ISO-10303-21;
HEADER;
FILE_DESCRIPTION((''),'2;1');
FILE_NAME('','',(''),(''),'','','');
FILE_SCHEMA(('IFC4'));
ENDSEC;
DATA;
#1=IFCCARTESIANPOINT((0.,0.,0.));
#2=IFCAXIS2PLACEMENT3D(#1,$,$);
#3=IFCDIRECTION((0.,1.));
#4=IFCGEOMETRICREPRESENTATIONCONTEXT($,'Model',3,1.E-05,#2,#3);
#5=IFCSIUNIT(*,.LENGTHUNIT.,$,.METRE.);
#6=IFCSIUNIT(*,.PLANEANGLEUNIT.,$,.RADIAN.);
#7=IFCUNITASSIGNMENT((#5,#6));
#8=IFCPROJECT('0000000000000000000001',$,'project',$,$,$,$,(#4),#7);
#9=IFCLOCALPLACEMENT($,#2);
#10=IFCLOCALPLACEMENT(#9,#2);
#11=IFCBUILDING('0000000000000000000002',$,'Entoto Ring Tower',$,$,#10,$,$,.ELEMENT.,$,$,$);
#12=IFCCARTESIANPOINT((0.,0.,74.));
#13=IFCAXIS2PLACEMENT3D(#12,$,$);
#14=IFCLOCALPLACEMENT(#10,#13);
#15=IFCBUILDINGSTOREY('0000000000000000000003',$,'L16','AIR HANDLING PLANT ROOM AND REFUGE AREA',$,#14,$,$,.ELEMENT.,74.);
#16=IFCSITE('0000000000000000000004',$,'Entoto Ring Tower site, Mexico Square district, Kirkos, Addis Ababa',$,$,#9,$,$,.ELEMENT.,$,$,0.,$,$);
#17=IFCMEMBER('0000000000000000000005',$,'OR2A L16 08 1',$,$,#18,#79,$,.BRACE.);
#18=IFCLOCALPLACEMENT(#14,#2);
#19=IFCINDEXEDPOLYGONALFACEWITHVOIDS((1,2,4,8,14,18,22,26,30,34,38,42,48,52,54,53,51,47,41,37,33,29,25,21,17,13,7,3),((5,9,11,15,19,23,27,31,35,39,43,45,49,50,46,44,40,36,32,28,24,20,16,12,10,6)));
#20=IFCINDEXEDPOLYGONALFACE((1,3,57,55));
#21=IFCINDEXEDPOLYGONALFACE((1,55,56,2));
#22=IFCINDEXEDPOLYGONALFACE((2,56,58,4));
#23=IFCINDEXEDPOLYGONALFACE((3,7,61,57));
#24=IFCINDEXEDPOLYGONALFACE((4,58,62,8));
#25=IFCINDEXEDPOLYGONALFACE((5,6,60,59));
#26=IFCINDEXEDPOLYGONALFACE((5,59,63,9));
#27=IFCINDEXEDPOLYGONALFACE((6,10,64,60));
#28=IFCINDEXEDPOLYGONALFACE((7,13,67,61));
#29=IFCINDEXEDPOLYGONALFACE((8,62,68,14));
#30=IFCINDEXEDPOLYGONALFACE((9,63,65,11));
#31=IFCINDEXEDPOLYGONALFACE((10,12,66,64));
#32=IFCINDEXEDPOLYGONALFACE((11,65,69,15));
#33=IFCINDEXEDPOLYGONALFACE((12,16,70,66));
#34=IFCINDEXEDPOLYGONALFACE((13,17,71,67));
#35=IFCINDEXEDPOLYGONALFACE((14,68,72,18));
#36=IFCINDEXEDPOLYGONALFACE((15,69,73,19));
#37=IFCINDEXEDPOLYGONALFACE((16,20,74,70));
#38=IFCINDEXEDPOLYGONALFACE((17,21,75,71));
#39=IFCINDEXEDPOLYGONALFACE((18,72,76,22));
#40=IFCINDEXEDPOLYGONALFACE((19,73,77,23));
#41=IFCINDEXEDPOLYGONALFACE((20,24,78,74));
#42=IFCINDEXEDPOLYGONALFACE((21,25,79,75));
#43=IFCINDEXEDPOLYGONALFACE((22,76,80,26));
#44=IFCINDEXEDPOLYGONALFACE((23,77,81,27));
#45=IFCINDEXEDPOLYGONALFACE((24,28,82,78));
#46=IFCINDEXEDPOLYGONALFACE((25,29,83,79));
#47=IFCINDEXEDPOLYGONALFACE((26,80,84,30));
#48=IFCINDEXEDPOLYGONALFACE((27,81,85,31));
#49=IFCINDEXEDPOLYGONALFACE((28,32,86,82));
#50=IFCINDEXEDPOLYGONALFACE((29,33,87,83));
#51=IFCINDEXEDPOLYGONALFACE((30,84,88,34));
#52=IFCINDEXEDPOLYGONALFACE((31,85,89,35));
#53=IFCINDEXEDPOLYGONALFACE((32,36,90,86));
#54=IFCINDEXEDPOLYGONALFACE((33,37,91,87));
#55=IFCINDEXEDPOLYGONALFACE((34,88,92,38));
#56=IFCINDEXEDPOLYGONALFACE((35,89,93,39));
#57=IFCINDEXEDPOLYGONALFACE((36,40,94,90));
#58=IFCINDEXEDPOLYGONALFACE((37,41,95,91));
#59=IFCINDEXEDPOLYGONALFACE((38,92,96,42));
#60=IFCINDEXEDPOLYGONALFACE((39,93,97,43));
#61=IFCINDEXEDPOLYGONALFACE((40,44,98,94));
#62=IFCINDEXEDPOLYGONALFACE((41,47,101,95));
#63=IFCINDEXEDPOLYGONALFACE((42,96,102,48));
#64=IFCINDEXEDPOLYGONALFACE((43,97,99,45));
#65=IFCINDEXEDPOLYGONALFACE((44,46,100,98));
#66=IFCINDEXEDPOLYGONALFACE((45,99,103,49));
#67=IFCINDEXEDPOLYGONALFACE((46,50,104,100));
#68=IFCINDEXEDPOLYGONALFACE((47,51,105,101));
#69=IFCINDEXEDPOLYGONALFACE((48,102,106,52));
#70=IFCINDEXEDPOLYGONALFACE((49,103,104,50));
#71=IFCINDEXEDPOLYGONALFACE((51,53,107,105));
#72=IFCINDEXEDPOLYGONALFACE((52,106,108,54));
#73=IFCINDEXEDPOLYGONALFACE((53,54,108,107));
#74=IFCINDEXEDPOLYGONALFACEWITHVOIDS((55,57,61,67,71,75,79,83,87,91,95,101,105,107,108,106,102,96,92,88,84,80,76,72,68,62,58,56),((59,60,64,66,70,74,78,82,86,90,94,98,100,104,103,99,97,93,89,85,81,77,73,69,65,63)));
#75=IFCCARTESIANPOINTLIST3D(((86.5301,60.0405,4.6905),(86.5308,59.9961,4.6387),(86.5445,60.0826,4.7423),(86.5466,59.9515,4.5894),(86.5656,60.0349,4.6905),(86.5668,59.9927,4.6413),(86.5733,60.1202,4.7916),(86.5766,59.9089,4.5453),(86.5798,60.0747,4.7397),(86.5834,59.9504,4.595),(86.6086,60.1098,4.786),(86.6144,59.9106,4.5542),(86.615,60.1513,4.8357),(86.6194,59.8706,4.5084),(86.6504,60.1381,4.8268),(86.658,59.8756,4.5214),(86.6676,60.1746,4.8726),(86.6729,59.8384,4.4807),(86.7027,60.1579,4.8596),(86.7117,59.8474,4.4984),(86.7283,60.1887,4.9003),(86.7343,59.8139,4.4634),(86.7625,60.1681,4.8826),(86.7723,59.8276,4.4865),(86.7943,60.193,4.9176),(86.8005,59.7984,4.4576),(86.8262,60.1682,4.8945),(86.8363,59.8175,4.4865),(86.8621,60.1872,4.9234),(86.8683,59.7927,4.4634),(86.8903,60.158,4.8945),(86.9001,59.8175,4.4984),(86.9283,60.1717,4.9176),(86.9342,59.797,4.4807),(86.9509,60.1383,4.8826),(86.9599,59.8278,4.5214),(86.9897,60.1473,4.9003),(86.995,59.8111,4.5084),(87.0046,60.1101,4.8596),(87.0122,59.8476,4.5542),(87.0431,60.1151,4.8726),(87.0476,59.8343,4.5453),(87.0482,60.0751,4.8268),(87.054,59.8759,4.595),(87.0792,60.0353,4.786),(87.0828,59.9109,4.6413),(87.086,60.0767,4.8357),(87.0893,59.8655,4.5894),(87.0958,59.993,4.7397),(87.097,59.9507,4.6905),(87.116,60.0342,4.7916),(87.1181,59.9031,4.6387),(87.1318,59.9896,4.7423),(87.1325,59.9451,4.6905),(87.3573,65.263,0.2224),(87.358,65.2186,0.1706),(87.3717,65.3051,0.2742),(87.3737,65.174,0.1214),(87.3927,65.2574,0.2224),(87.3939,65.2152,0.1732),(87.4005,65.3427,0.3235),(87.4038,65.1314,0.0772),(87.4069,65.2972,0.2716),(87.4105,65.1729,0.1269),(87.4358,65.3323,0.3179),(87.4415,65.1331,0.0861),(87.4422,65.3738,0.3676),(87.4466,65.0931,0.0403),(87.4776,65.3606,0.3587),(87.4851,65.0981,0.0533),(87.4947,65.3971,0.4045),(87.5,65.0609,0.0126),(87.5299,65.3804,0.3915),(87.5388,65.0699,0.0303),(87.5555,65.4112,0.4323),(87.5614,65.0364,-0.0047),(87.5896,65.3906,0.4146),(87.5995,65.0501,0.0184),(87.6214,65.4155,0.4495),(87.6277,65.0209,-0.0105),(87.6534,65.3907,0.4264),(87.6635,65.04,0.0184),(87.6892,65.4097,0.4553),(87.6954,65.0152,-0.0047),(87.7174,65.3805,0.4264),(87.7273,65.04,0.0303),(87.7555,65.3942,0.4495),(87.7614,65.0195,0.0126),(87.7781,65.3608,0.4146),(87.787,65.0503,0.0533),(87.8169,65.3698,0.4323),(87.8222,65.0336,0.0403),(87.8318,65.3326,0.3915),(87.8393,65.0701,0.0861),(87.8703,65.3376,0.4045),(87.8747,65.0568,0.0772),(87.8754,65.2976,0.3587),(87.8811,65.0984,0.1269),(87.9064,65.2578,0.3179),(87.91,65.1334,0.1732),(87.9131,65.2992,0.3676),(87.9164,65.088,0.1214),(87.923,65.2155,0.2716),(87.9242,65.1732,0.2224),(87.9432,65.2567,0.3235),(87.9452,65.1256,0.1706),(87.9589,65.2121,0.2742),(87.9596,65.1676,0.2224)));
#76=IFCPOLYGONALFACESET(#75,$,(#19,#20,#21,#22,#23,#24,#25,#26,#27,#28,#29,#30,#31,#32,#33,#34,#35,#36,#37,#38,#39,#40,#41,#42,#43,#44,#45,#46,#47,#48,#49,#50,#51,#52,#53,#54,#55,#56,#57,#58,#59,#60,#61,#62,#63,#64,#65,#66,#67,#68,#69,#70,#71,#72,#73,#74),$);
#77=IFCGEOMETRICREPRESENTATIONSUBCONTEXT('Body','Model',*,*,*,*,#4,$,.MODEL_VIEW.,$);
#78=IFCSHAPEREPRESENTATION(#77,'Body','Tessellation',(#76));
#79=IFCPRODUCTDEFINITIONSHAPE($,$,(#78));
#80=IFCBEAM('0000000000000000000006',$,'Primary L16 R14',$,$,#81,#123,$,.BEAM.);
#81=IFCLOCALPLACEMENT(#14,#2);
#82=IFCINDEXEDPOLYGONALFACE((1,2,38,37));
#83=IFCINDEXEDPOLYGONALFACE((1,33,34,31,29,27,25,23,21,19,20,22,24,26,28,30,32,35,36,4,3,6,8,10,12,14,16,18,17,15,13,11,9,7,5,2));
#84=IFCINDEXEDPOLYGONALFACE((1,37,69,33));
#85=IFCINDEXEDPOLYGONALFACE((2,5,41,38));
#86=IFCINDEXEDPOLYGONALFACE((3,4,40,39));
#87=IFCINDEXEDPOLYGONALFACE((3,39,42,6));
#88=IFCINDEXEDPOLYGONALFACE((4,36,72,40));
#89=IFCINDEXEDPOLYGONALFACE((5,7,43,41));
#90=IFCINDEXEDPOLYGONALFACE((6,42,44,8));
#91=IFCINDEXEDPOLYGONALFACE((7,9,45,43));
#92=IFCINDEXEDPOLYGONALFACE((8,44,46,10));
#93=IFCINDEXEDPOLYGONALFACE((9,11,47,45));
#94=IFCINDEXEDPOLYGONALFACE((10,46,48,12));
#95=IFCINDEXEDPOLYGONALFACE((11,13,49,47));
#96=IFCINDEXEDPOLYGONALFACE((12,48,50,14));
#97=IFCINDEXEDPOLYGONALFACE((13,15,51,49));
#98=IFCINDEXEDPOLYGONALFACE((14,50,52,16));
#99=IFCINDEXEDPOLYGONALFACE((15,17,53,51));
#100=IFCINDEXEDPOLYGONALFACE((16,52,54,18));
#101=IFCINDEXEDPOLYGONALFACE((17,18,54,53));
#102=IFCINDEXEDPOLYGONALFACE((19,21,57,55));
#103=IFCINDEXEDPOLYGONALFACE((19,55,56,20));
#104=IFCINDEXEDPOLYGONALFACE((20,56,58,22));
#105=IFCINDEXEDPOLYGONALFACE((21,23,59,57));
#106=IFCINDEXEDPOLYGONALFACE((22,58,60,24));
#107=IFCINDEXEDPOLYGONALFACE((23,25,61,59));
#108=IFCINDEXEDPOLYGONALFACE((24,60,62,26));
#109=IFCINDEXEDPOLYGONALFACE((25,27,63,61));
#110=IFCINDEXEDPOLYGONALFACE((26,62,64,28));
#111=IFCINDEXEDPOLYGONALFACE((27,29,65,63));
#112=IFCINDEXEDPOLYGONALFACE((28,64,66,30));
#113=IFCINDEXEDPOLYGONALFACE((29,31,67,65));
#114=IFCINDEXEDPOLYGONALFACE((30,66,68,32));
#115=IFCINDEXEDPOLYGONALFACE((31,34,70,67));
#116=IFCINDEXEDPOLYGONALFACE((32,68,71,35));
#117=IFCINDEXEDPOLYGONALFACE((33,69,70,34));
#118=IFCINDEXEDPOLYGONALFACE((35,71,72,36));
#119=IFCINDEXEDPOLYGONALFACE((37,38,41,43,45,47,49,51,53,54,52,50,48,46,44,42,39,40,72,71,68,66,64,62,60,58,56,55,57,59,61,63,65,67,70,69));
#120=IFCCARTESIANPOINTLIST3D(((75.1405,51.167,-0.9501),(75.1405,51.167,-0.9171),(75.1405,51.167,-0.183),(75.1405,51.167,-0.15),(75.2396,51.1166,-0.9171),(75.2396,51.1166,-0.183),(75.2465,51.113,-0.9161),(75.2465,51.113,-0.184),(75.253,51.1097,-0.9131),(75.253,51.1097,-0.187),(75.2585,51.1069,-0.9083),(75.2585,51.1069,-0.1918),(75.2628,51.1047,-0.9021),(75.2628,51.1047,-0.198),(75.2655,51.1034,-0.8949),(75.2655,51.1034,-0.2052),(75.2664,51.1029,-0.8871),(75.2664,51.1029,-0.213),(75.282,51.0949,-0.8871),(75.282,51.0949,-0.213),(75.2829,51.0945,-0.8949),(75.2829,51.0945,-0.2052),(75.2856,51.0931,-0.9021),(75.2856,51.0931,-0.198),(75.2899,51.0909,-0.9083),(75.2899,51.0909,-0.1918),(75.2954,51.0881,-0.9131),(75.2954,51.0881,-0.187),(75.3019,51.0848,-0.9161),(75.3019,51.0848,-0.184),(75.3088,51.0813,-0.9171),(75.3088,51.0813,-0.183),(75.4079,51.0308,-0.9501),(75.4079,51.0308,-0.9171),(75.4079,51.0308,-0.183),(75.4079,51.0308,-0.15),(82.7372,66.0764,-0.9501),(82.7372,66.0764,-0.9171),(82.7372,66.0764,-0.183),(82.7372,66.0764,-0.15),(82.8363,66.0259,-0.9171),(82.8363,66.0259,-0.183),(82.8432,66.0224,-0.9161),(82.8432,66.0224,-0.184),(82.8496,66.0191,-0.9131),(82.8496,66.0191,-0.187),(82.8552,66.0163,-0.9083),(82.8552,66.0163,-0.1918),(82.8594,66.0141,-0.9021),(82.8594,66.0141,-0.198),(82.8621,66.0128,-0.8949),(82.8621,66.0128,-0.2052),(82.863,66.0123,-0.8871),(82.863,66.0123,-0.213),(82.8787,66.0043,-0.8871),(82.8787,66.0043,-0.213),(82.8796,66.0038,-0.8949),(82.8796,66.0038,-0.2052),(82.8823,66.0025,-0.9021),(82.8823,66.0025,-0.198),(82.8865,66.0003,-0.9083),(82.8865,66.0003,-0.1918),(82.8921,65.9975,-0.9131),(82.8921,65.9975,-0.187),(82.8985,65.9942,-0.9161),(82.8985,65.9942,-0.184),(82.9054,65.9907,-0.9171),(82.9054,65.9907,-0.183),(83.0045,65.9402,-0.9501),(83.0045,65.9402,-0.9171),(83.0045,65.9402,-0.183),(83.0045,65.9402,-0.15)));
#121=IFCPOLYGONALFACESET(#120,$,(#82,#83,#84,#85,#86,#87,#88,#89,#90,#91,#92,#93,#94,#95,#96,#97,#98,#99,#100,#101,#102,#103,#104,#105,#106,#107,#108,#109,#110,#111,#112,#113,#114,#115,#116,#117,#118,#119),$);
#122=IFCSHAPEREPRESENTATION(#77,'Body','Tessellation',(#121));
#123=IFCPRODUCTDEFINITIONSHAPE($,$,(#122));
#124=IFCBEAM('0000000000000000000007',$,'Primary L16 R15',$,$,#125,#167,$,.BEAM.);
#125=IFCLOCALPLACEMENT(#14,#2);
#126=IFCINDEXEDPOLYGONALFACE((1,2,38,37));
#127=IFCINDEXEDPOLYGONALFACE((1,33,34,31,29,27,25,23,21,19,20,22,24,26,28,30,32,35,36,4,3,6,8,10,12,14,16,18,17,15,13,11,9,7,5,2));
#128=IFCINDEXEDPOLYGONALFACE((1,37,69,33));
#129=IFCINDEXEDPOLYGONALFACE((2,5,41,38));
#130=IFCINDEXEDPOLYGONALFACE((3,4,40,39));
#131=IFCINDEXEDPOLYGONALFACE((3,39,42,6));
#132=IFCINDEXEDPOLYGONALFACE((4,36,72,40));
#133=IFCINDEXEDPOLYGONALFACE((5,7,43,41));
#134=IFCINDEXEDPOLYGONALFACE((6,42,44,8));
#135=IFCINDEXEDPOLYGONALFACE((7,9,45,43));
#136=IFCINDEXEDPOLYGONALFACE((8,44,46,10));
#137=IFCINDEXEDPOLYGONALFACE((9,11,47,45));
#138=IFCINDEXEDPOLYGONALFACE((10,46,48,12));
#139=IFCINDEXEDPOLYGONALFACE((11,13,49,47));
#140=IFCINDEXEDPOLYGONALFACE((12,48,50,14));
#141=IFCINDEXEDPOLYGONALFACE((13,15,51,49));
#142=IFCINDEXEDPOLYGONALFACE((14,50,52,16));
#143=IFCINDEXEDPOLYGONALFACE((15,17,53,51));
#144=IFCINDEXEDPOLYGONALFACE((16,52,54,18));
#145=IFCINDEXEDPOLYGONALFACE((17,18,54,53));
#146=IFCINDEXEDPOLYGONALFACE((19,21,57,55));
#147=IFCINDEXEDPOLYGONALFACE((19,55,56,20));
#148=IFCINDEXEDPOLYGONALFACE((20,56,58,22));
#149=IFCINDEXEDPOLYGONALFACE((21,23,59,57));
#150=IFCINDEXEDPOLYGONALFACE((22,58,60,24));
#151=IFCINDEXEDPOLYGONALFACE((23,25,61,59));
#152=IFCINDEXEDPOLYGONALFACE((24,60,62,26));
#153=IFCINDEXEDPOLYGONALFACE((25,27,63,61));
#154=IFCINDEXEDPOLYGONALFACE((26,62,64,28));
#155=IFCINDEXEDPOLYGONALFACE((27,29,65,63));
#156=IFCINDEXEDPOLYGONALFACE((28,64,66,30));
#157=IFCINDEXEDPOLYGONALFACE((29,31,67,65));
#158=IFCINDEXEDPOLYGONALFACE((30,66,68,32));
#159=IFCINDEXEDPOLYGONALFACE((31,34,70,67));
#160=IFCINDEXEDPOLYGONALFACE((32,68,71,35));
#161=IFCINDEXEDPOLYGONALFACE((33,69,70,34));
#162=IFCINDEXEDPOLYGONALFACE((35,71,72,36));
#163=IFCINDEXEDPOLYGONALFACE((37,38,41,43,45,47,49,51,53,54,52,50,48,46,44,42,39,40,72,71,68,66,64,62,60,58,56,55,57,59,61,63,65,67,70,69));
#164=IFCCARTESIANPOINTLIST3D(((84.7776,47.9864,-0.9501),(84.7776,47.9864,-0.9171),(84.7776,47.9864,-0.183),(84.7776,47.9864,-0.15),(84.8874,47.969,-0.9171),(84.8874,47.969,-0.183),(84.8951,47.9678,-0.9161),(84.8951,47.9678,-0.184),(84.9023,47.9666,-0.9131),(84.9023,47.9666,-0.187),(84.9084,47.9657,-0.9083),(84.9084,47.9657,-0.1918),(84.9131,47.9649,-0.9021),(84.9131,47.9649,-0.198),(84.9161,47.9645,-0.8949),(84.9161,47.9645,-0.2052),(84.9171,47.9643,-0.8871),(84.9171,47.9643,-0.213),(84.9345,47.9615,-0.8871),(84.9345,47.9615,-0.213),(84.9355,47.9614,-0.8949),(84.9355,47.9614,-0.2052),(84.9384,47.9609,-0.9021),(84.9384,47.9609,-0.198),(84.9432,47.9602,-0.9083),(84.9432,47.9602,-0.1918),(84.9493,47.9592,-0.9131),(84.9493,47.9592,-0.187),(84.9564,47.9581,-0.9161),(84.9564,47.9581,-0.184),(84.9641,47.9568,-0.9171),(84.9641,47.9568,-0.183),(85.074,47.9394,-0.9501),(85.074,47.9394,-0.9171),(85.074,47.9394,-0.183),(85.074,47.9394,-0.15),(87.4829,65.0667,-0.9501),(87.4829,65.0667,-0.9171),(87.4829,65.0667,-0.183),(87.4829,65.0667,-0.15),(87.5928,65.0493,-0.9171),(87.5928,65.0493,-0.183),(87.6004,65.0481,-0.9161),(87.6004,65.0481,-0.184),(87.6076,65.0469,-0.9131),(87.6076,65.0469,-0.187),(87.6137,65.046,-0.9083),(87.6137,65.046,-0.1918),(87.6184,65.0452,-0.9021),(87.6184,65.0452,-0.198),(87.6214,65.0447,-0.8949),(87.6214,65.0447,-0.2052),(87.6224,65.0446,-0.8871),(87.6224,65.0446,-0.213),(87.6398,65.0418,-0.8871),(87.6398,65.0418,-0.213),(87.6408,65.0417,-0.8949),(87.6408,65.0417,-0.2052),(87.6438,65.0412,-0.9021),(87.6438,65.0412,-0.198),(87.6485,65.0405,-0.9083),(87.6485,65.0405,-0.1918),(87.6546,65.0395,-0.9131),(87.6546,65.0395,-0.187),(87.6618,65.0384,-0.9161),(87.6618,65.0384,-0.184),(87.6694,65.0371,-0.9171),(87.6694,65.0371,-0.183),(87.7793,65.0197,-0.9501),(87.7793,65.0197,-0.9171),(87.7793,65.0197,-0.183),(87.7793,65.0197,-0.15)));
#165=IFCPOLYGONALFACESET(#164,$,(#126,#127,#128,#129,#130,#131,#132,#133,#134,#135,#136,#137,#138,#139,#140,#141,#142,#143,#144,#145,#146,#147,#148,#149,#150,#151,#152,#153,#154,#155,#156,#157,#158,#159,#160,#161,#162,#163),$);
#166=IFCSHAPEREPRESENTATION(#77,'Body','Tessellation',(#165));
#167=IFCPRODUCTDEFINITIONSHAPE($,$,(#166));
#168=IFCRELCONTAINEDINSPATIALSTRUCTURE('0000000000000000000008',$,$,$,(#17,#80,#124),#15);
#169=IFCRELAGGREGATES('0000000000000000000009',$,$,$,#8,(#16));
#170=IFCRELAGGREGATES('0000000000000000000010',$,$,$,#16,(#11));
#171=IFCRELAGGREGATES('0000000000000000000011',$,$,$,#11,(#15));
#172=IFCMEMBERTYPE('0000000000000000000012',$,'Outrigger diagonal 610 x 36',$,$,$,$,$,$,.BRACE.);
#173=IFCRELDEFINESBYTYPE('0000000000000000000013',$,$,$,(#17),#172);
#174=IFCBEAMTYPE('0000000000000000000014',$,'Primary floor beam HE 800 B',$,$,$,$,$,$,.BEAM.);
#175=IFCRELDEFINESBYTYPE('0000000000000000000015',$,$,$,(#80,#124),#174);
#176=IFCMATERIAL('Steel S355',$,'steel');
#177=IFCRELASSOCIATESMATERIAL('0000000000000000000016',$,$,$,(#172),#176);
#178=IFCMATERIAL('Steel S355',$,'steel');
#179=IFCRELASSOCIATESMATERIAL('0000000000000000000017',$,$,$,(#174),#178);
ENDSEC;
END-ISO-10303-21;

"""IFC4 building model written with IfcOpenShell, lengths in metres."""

from ifc_helpers import new_model, si_unit, direction, frame, origin, origin_2d, place, context, subcontext, project, spatial, circle, hollow_circle, i_section, extrude, material, material_profile, profile_set, type_object, element, save


model = new_model("IFC4")

# Units and contexts
model_context = context("Model", 3, precision=1e-05, world=origin(), true_north=direction((0.0, 1.0)))
body_context = subcontext(model_context, "Body", "Model", "MODEL_VIEW")
ifc_project = project(units=[si_unit("LENGTHUNIT", "METRE"), si_unit("PLANEANGLEUNIT", "RADIAN")], contexts=[model_context])

# Site, building, storey
site_placement = place(None, origin())
site = spatial("IfcSite", under=ifc_project, at=site_placement, Name="Entoto Ring Tower site, Mexico Square district, Kirkos, Addis Ababa", CompositionType="ELEMENT", RefElevation=0.0)
building_placement = place(site_placement, origin())
building = spatial("IfcBuilding", under=site, at=building_placement, Name="Entoto Ring Tower", CompositionType="ELEMENT")
storey_placement = place(building_placement, frame((0.0, 0.0, 74.0)))
storey = spatial("IfcBuildingStorey", under=building, at=storey_placement, Name="L16", Description="AIR HANDLING PLANT ROOM AND REFUGE AREA", CompositionType="ELEMENT", Elevation=74.0)

# Member
ifc_material_1 = material(Name="Steel S355", Category="steel")
ifc_material_profile_1 = material_profile(ifc_material_1, hollow_circle(Radius=0.3049, WallThickness=0.0359, at=origin_2d()), Name="CHS 610 x 36")
ifc_material_2 = material(Name="Concrete C60/75", Category="concrete")
ifc_material_profile_2 = material_profile(ifc_material_2, circle(Radius=0.269, at=origin_2d()), Name="Concrete C60/75 infill")
ifc_profile_set_1 = profile_set([ifc_material_profile_1, ifc_material_profile_2], Name="Steel S355")
member_type_1 = type_object("IfcMemberType", Name="Outrigger diagonal 610 x 36", PredefinedType="BRACE", material=ifc_profile_set_1)
member_1_placement = place(storey_placement, frame((87.6584, 65.2153, 0.2224), z_axis=(-0.119487, -0.754412, 0.645435), x_axis=(0.987688, -0.156434, 0.0)))
element("IfcMember", 1, at=member_1_placement, inside=storey, type_object=member_type_1, Name="OR2A L16 08 1", PredefinedType="BRACE", context=body_context, shape_type="SweptSolid", body=[
    extrude(hollow_circle(Radius=0.3049, WallThickness=0.0359, at=origin_2d()), origin(), (0.0, 0.0, 1.0), 6.9226),
])

# Beams
ifc_material_3 = material(Name="Steel S355", Category="steel")
ifc_material_profile_3 = material_profile(ifc_material_3, i_section(OverallWidth=0.3, OverallDepth=0.8, WebThickness=0.0176, FlangeThickness=0.033, FilletRadius=0.03, at=origin_2d()), Name="HE 800 B")
ifc_profile_set_2 = profile_set([ifc_material_profile_3], Name="Steel S355")
beam_type_1 = type_object("IfcBeamType", Name="Primary floor beam HE 800 B", PredefinedType="BEAM", material=ifc_profile_set_2)
beam_1_placement = place(storey_placement, frame((82.8708, 66.0083, -0.55), z_axis=(-0.453988, -0.891008, 0.0), x_axis=(0.891008, -0.453988, 0.0)))
element("IfcBeam", 2, at=beam_1_placement, inside=storey, type_object=beam_type_1, Name="Primary L16 R14", PredefinedType="BEAM", context=body_context, shape_type="SweptSolid", body=[
    extrude(i_section(OverallWidth=0.3, OverallDepth=0.8, WebThickness=0.0176, FlangeThickness=0.033, FilletRadius=0.03, at=origin_2d()), origin(), (0.0, 0.0, 1.0), 16.7332),
])
beam_2_placement = place(storey_placement, frame((87.6311, 65.0432, -0.55), z_axis=(-0.156438, -0.987688, 0.0), x_axis=(0.987688, -0.156438, 0.0)))
element("IfcBeam", 3, at=beam_2_placement, inside=storey, type_object=beam_type_1, Name="Primary L16 R15", PredefinedType="BEAM", context=body_context, shape_type="SweptSolid", body=[
    extrude(i_section(OverallWidth=0.3, OverallDepth=0.8, WebThickness=0.0176, FlangeThickness=0.033, FilletRadius=0.03, at=origin_2d()), origin(), (0.0, 0.0, 1.0), 17.2932),
])

save(model, "model.ifc")
